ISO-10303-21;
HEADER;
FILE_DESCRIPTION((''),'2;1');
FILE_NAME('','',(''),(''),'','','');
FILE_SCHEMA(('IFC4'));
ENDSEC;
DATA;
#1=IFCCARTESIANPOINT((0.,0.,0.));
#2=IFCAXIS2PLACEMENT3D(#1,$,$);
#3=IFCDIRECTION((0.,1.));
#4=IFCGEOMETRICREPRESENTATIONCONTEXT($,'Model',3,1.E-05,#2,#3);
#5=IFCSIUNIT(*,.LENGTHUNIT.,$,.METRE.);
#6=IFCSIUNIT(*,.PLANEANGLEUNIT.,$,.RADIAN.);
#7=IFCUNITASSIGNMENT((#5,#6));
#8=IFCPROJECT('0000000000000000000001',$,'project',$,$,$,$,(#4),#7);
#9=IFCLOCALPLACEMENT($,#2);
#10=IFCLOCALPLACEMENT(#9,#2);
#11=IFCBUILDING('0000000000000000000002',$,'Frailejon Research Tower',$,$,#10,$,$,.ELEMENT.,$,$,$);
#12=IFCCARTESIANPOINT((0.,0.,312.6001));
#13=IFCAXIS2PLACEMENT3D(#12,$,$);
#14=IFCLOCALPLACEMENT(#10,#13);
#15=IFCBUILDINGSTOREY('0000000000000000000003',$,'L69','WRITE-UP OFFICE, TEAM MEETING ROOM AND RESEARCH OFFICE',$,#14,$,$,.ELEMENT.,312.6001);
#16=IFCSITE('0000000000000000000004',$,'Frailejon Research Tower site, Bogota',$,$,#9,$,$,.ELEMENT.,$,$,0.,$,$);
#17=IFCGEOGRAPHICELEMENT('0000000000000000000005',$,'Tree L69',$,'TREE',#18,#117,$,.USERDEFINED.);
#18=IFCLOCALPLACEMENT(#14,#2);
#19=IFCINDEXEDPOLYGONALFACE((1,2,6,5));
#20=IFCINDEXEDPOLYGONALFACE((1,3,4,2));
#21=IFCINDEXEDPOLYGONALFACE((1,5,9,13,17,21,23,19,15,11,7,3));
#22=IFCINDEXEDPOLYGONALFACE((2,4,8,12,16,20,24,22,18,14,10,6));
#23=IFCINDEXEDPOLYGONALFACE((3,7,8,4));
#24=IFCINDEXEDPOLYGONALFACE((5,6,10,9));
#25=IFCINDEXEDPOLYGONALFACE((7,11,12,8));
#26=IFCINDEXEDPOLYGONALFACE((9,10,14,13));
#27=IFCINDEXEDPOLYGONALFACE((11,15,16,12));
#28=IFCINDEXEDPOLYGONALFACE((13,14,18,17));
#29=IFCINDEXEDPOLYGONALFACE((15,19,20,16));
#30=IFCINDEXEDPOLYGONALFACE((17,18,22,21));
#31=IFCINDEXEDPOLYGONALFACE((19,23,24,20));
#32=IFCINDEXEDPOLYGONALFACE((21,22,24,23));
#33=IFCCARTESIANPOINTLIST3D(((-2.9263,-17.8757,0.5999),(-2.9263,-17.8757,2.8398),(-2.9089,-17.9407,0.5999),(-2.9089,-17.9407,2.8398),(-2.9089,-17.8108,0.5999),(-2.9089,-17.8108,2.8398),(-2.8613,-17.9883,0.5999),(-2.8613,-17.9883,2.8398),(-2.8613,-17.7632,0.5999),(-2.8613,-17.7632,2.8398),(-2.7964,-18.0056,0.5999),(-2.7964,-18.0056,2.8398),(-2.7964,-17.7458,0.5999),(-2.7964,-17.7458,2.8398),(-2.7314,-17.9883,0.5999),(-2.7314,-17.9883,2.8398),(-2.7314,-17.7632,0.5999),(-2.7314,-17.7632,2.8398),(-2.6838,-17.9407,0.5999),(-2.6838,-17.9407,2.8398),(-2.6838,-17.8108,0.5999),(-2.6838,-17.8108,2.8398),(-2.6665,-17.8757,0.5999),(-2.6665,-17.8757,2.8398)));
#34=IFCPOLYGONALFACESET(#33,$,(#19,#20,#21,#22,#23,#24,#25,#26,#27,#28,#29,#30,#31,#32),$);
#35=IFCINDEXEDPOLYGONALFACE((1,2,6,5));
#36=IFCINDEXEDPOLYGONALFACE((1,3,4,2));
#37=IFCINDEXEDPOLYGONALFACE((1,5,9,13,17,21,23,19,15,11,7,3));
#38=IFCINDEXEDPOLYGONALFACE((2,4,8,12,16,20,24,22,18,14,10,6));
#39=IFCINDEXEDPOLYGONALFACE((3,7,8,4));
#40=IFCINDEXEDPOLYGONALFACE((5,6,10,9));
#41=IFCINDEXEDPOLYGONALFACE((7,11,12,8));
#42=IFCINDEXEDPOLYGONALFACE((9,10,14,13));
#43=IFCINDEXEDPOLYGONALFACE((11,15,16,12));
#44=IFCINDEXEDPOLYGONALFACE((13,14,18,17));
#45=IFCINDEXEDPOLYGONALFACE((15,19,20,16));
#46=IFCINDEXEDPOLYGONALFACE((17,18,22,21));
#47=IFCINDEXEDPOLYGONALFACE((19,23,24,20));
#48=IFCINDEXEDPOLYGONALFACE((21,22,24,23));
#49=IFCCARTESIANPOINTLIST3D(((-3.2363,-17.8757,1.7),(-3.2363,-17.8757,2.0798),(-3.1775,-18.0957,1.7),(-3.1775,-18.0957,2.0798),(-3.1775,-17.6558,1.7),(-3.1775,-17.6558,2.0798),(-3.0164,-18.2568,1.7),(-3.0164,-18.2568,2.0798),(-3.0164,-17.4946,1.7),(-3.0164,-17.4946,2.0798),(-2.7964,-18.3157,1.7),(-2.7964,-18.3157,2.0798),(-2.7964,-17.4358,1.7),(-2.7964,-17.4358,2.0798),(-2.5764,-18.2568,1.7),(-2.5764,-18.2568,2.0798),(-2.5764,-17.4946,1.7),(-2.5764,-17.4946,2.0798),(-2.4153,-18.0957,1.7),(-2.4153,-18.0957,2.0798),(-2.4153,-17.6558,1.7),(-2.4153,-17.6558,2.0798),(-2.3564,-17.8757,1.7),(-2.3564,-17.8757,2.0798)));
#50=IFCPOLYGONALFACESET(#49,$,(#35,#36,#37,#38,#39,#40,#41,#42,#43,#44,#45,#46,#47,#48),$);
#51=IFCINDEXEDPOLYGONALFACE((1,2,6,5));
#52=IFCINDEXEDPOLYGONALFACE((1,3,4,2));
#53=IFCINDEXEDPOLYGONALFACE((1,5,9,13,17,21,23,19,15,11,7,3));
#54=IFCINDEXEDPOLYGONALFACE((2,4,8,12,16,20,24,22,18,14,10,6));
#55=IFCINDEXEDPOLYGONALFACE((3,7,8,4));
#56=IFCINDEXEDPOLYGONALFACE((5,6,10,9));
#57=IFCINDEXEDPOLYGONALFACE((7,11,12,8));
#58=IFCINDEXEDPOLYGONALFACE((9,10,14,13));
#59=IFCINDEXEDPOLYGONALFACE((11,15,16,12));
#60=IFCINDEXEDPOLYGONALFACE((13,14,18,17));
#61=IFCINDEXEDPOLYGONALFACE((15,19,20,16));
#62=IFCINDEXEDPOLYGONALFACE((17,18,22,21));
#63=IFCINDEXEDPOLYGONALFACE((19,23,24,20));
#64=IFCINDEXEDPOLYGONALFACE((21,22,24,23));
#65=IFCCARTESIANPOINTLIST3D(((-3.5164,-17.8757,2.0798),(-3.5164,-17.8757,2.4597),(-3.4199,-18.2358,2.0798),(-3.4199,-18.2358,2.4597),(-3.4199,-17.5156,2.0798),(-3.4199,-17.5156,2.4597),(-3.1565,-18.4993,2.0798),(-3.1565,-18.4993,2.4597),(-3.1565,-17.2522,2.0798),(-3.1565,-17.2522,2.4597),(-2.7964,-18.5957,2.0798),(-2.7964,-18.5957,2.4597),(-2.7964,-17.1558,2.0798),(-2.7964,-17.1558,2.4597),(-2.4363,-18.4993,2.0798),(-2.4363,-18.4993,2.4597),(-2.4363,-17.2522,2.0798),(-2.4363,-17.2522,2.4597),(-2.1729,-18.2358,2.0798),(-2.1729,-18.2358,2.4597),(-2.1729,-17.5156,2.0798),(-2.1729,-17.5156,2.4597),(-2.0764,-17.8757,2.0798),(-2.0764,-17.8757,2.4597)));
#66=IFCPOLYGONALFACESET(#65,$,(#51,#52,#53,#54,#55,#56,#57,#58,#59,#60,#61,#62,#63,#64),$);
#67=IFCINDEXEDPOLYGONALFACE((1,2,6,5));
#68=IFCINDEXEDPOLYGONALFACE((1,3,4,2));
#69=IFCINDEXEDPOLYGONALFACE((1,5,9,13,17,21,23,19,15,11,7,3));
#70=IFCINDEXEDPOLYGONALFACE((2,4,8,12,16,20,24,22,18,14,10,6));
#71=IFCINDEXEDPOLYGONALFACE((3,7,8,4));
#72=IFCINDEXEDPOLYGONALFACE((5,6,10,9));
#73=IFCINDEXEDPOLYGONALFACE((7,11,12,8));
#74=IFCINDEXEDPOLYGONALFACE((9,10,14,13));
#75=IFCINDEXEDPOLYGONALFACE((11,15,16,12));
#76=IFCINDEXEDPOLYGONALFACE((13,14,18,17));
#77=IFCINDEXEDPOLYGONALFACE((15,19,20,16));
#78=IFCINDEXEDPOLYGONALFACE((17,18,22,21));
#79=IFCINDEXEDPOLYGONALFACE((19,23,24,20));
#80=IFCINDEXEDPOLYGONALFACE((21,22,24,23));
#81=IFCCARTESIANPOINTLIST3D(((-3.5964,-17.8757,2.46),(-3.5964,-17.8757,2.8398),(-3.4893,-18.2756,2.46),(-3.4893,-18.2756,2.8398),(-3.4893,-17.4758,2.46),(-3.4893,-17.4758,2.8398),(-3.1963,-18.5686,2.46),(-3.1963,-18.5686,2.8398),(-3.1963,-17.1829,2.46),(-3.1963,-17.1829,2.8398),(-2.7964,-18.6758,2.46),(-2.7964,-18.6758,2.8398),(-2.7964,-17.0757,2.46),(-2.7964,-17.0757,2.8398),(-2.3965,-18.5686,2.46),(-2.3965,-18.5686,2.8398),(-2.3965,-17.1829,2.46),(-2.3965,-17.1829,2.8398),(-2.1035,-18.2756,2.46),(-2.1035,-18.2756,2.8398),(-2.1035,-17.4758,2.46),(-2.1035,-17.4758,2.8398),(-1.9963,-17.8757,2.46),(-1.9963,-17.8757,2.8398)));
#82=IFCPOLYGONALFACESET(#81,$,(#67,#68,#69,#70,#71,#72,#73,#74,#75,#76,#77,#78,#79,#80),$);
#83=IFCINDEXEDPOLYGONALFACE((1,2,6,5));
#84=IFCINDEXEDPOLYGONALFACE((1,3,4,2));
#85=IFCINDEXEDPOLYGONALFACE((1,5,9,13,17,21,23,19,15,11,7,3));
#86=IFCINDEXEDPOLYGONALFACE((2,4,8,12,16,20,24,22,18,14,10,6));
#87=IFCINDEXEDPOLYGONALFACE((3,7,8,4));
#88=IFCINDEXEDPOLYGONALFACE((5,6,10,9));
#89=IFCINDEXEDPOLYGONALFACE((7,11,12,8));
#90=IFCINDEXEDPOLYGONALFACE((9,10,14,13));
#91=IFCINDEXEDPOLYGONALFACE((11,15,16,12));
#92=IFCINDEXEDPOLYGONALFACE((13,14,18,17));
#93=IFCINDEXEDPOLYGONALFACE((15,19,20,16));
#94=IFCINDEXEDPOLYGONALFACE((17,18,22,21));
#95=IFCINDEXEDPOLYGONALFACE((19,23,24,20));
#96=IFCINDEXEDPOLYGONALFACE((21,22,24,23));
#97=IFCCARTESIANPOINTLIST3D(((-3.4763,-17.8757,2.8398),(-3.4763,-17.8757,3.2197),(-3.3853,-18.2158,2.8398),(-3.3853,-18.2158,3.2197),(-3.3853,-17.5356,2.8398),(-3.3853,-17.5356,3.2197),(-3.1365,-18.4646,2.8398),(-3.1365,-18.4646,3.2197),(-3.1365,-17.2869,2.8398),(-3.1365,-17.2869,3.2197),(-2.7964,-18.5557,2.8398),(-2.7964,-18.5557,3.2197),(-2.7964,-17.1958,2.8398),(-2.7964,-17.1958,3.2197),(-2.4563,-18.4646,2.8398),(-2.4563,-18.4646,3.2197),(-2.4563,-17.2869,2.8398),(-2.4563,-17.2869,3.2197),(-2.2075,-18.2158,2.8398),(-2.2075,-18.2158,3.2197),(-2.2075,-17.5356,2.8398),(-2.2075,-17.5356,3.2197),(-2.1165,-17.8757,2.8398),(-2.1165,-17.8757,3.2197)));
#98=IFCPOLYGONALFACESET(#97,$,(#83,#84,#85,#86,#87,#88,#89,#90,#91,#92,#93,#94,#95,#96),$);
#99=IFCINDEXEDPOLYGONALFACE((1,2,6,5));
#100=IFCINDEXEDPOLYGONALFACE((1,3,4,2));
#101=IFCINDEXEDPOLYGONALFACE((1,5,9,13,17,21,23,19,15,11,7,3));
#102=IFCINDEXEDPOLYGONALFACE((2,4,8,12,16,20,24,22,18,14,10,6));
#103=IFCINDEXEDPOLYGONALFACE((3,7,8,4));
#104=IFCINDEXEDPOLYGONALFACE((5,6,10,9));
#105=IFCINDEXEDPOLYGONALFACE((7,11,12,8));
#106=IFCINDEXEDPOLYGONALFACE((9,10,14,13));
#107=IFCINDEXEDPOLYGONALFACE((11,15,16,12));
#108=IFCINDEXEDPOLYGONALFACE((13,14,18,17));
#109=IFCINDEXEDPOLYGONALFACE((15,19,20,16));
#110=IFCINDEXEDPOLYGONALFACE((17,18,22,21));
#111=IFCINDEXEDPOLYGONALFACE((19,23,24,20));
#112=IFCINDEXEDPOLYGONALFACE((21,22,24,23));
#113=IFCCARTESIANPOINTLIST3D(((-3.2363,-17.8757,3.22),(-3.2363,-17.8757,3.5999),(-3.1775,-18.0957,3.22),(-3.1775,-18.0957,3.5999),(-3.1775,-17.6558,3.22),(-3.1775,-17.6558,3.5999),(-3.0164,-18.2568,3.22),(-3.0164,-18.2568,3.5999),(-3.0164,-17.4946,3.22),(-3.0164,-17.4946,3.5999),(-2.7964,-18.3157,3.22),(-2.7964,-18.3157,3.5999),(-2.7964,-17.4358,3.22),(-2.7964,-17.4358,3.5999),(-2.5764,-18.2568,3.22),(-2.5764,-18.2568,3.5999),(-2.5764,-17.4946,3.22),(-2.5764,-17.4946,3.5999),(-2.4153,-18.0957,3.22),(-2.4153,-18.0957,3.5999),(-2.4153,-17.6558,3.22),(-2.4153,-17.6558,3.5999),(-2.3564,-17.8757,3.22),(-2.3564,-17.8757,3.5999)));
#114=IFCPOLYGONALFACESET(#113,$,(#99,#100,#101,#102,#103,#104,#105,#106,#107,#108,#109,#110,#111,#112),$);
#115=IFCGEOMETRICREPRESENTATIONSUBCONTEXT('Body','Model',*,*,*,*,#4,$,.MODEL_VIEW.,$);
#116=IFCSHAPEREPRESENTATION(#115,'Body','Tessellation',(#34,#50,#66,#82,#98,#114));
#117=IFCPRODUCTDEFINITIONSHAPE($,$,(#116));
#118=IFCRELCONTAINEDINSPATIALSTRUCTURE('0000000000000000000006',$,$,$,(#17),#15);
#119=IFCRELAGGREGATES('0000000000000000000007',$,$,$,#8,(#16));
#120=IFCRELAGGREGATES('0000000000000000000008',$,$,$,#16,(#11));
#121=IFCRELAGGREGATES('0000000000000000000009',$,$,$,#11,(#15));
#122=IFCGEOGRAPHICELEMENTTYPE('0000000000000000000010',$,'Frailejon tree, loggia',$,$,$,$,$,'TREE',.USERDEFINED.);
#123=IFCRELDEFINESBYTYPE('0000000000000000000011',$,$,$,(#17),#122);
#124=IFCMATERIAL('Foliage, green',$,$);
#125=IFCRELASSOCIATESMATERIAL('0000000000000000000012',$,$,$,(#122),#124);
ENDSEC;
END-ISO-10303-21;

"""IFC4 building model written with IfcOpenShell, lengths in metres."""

from ifc_helpers import new_model, si_unit, direction, frame, origin, place, context, subcontext, project, spatial, polyline, outline, extrude, material, type_object, element, save


model = new_model("IFC4")

# Units and contexts
model_context = context("Model", 3, precision=1e-05, world=origin(), true_north=direction((0.0, 1.0)))
body_context = subcontext(model_context, "Body", "Model", "MODEL_VIEW")
ifc_project = project(units=[si_unit("LENGTHUNIT", "METRE"), si_unit("PLANEANGLEUNIT", "RADIAN")], contexts=[model_context])

# Site, building, storey
site_placement = place(None, origin())
site = spatial("IfcSite", under=ifc_project, at=site_placement, Name="Frailejon Research Tower site, Bogota", CompositionType="ELEMENT", RefElevation=0.0)
building_placement = place(site_placement, origin())
building = spatial("IfcBuilding", under=site, at=building_placement, Name="Frailejon Research Tower", CompositionType="ELEMENT")
storey_placement = place(building_placement, frame((0.0, 0.0, 312.6001)))
storey = spatial("IfcBuildingStorey", under=building, at=storey_placement, Name="L69", Description="WRITE-UP OFFICE, TEAM MEETING ROOM AND RESEARCH OFFICE", CompositionType="ELEMENT", Elevation=312.6001)

# Geographic element
ifc_material_1 = material(Name="Foliage, green")
geographic_element_type = type_object("IfcGeographicElementType", Name="Frailejon tree, loggia", ElementType="TREE", PredefinedType="USERDEFINED", material=ifc_material_1)
geographic_element_placement = place(storey_placement, frame((-2.7964, -17.8757, 0.5999)))
element("IfcGeographicElement", 1, at=geographic_element_placement, inside=storey, type_object=geographic_element_type, Name="Tree L69", ObjectType="TREE", PredefinedType="USERDEFINED", context=body_context, shape_type="SweptSolid", body=[
    extrude(outline(polyline([(0.1299, 0.0), (0.1125, 0.0649), (0.0649, 0.1125), (0.0, 0.1299), (-0.0649, 0.1125), (-0.1125, 0.0649), (-0.1299, 0.0), (-0.1125, -0.0649), (-0.0649, -0.1125), (0.0, -0.1299), (0.0649, -0.1125), (0.1125, -0.0649), (0.1299, 0.0)])), origin(), (0.0, 0.0, 1.0), 2.24),
    extrude(outline(polyline([(0.4399, 0.0), (0.3811, 0.22), (0.22, 0.3811), (0.0, 0.4399), (-0.22, 0.3811), (-0.3811, 0.22), (-0.4399, 0.0), (-0.3811, -0.22), (-0.22, -0.3811), (0.0, -0.4399), (0.22, -0.3811), (0.3811, -0.22), (0.4399, 0.0)])), frame((0.0, 0.0, 1.1001)), (0.0, 0.0, 1.0), 0.3799),
    extrude(outline(polyline([(0.72, 0.0), (0.6235, 0.3601), (0.3601, 0.6235), (0.0, 0.72), (-0.3601, 0.6235), (-0.6235, 0.3601), (-0.72, 0.0), (-0.6235, -0.3601), (-0.3601, -0.6235), (0.0, -0.72), (0.3601, -0.6235), (0.6235, -0.3601), (0.72, 0.0)])), frame((0.0, 0.0, 1.48)), (0.0, 0.0, 1.0), 0.3799),
    extrude(outline(polyline([(0.8, 0.0), (0.6929, 0.3999), (0.3999, 0.6929), (0.0, 0.8), (-0.3999, 0.6929), (-0.6929, 0.3999), (-0.8, 0.0), (-0.6929, -0.3999), (-0.3999, -0.6929), (0.0, -0.8), (0.3999, -0.6929), (0.6929, -0.3999), (0.8, 0.0)])), frame((0.0, 0.0, 1.8601)), (0.0, 0.0, 1.0), 0.3799),
    extrude(outline(polyline([(0.6799, 0.0), (0.5889, 0.3401), (0.3401, 0.5889), (0.0, 0.6799), (-0.3401, 0.5889), (-0.5889, 0.3401), (-0.6799, 0.0), (-0.5889, -0.3401), (-0.3401, -0.5889), (0.0, -0.6799), (0.3401, -0.5889), (0.5889, -0.3401), (0.6799, 0.0)])), frame((0.0, 0.0, 2.24)), (0.0, 0.0, 1.0), 0.3799),
    extrude(outline(polyline([(0.4399, 0.0), (0.3811, 0.22), (0.22, 0.3811), (0.0, 0.4399), (-0.22, 0.3811), (-0.3811, 0.22), (-0.4399, 0.0), (-0.3811, -0.22), (-0.22, -0.3811), (0.0, -0.4399), (0.22, -0.3811), (0.3811, -0.22), (0.4399, 0.0)])), frame((0.0, 0.0, 2.6201)), (0.0, 0.0, 1.0), 0.3799),
])

save(model, "model.ifc")
